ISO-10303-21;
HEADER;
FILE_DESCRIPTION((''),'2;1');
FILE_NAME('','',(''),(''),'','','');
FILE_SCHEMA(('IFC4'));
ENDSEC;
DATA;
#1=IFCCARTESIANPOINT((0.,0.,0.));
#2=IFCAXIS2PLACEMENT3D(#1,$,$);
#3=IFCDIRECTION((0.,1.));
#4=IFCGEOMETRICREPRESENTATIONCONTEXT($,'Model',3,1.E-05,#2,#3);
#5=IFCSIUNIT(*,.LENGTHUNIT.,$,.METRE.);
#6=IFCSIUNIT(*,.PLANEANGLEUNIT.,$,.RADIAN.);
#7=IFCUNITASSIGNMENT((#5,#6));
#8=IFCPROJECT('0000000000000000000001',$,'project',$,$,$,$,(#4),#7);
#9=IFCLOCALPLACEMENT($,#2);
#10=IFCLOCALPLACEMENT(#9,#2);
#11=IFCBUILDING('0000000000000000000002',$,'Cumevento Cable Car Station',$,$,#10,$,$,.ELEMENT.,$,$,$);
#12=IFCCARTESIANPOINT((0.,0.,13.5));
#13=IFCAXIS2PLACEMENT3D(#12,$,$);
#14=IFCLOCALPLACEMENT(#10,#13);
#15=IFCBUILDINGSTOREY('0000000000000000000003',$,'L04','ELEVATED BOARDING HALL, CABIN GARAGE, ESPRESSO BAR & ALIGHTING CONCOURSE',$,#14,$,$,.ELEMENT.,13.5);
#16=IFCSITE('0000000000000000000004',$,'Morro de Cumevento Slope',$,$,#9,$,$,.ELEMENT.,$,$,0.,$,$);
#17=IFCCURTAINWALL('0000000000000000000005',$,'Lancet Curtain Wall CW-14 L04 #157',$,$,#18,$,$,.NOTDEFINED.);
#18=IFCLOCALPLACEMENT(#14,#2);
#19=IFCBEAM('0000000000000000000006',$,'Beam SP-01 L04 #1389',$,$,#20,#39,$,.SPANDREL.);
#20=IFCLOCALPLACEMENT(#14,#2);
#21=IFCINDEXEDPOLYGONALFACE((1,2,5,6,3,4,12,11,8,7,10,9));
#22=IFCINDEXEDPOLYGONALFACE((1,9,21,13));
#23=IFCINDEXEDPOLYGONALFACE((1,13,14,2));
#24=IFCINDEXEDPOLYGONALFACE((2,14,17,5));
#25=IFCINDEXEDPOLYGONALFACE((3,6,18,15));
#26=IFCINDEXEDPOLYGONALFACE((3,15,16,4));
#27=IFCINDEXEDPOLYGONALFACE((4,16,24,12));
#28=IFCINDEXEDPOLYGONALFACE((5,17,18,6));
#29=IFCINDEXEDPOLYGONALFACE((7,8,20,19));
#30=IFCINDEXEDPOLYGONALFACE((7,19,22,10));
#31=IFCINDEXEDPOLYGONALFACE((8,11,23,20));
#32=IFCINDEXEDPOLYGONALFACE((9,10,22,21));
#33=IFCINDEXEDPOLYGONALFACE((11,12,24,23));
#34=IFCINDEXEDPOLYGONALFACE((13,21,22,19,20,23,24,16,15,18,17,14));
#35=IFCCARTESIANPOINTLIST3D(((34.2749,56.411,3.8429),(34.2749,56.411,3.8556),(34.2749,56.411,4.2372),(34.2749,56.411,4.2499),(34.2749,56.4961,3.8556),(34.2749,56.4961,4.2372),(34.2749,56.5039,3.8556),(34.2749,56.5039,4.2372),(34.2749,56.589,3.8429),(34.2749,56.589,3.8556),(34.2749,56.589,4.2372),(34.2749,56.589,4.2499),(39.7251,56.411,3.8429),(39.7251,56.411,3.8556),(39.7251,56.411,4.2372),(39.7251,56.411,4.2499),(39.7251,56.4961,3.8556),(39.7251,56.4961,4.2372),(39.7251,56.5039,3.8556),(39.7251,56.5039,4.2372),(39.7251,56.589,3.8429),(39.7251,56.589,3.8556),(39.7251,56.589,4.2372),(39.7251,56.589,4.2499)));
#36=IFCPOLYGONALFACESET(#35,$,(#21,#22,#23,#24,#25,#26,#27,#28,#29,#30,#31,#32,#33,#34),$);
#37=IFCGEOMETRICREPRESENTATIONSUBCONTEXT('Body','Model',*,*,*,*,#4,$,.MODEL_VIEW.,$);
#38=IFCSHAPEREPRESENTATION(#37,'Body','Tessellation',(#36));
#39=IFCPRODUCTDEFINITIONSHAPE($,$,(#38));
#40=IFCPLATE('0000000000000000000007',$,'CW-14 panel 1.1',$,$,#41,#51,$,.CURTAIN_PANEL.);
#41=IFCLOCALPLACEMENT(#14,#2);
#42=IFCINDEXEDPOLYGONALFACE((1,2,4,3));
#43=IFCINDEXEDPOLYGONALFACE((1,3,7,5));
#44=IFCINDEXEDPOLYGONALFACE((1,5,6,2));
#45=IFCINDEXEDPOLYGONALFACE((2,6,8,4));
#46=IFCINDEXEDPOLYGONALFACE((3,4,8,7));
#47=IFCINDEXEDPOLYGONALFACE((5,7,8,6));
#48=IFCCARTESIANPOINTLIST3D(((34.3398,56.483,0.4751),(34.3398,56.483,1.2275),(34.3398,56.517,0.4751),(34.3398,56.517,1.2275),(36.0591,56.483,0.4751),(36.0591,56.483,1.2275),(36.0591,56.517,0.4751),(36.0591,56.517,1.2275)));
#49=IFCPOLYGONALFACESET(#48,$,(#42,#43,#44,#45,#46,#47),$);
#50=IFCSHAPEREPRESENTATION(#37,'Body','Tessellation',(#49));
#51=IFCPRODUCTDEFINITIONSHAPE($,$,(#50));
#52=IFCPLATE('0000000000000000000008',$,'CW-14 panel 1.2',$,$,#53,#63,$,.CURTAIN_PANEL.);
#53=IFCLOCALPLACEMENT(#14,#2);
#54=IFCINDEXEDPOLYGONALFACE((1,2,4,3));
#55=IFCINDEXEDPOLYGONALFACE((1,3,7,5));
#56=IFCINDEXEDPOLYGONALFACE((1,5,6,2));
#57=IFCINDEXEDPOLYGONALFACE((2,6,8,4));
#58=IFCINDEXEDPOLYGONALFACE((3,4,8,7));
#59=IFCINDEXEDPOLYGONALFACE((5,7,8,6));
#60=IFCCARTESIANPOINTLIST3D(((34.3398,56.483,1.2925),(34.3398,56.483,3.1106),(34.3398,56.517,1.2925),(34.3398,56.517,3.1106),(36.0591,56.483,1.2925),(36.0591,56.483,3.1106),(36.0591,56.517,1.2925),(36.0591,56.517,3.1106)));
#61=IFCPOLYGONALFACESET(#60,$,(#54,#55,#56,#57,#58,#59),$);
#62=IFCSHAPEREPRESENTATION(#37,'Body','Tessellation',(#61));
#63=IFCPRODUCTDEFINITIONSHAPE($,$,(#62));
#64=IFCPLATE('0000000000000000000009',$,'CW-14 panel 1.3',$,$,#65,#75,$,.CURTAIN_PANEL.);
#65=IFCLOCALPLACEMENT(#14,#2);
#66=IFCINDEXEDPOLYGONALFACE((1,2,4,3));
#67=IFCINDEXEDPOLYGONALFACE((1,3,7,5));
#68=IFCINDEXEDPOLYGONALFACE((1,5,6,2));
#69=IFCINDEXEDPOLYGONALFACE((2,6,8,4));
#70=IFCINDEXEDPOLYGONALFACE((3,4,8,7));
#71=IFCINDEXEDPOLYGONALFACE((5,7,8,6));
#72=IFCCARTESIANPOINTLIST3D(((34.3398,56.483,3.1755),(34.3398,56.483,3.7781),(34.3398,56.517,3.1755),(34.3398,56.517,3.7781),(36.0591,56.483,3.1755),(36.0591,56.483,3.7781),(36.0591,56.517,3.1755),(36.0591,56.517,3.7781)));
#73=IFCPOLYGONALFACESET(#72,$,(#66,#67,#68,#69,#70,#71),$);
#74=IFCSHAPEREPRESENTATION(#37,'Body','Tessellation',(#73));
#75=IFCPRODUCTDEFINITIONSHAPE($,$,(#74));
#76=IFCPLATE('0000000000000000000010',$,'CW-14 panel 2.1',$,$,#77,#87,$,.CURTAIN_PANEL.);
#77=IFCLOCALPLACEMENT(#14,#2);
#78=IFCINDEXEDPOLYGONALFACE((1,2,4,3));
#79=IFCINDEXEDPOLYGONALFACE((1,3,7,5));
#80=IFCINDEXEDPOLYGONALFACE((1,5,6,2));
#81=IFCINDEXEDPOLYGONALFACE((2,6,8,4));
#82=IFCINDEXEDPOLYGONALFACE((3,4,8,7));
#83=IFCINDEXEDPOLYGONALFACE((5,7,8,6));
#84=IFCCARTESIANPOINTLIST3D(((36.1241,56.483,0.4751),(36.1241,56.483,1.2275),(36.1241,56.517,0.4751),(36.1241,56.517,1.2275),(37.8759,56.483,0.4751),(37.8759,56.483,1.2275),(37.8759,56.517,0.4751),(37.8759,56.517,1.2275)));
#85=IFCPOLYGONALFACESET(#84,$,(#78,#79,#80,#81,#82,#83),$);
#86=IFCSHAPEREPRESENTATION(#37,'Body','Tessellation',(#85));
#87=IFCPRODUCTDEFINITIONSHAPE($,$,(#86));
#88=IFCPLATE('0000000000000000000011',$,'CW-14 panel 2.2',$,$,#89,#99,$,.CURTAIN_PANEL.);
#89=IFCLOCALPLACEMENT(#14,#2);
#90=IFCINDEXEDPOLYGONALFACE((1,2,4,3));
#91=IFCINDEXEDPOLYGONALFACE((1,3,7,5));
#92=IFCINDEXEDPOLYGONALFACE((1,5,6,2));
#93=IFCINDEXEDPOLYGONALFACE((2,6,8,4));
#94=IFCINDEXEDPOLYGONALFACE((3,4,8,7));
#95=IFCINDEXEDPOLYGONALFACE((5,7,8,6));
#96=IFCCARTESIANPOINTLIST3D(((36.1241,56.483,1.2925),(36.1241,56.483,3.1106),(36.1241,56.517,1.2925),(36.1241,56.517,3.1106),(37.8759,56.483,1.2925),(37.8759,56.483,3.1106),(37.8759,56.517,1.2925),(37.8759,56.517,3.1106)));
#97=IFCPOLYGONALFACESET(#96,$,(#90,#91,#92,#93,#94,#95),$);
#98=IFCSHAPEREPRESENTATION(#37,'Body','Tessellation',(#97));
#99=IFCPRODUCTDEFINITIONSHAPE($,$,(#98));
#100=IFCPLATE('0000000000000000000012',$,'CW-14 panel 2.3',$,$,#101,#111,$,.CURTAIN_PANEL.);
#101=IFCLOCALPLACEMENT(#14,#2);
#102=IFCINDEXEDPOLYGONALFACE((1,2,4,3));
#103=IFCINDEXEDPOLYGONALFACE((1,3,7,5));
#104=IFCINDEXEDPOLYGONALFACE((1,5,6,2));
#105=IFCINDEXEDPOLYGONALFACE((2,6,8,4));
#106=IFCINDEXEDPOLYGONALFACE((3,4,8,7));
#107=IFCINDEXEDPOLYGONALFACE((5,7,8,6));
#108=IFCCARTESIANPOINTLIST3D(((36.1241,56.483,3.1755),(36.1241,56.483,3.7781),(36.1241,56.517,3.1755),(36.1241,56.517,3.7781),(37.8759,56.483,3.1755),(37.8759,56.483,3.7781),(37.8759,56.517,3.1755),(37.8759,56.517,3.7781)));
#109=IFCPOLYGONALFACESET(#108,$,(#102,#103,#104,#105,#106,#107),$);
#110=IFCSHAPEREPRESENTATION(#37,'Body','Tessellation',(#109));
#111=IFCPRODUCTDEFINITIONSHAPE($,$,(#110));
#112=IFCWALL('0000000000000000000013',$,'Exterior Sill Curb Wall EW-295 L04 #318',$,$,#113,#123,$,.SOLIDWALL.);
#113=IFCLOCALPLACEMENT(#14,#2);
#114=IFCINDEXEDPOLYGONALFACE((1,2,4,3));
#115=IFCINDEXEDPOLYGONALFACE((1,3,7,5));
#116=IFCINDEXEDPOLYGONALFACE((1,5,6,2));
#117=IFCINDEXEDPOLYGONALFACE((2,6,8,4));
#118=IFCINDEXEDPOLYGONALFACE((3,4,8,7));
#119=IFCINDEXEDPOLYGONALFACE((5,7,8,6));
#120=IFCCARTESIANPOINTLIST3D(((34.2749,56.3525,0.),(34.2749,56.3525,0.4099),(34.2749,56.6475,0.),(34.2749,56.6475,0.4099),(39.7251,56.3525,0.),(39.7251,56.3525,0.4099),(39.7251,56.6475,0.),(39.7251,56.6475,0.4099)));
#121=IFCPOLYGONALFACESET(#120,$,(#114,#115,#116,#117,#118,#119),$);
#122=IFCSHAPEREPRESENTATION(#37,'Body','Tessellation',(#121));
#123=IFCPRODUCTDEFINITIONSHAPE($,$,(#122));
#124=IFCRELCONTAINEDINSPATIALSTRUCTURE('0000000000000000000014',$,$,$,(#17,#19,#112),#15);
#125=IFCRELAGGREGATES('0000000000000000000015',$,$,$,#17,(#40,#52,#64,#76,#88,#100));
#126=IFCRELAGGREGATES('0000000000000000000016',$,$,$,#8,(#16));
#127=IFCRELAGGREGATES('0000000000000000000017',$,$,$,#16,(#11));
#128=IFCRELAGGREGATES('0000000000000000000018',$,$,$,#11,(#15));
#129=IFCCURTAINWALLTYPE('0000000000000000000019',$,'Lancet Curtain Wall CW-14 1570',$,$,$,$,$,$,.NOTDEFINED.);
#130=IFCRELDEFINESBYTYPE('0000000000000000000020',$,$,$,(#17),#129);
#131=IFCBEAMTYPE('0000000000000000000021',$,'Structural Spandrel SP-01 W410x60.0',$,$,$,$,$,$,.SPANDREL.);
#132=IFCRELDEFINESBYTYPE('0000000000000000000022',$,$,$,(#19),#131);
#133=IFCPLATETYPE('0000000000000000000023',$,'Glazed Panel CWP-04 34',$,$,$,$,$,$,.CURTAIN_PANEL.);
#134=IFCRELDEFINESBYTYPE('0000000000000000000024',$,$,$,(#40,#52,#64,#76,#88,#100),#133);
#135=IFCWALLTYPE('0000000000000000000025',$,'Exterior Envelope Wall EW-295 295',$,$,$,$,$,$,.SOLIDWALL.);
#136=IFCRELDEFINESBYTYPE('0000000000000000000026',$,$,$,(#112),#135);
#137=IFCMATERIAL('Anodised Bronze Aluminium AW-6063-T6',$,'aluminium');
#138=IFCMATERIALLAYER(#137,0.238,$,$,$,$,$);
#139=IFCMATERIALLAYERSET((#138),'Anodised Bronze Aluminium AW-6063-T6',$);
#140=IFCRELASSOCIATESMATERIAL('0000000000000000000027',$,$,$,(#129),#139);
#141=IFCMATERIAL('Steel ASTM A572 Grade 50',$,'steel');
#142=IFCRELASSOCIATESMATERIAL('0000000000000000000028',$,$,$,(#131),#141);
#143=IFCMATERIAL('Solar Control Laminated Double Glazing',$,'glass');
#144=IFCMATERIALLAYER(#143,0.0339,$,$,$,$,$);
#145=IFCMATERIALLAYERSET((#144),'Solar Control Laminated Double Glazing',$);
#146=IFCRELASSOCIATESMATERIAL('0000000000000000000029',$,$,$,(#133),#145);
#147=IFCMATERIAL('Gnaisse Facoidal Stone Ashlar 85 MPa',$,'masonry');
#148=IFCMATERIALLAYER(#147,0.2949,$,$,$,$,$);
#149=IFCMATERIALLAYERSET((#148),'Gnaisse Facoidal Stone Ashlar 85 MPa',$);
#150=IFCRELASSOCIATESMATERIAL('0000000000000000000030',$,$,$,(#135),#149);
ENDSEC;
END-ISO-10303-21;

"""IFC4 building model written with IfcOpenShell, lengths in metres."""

from ifc_helpers import new_model, si_unit, direction, frame, frame_2d, origin, origin_2d, place, context, subcontext, project, spatial, rectangle, i_section, extrude, material, layer, layer_set, material_profile, profile_set, type_object, element, aggregate, save


model = new_model("IFC4")

# Units and contexts
model_context = context("Model", 3, precision=1e-05, world=origin(), true_north=direction((0.0, 1.0)))
body_context = subcontext(model_context, "Body", "Model", "MODEL_VIEW")
ifc_project = project(units=[si_unit("LENGTHUNIT", "METRE"), si_unit("PLANEANGLEUNIT", "RADIAN")], contexts=[model_context])

# Site, building, storey
site_placement = place(None, origin())
site = spatial("IfcSite", under=ifc_project, at=site_placement, Name="Morro de Cumevento Slope", CompositionType="ELEMENT", RefElevation=0.0)
building_placement = place(site_placement, origin())
building = spatial("IfcBuilding", under=site, at=building_placement, Name="Cumevento Cable Car Station", CompositionType="ELEMENT")
storey_placement = place(building_placement, frame((0.0, 0.0, 13.5)))
storey = spatial("IfcBuildingStorey", under=building, at=storey_placement, Name="L04", Description="ELEVATED BOARDING HALL, CABIN GARAGE, ESPRESSO BAR & ALIGHTING CONCOURSE", CompositionType="ELEMENT", Elevation=13.5)

# Curtain wall
ifc_material_1 = material(Name="Anodised Bronze Aluminium AW-6063-T6", Category="aluminium")
ifc_layer_1 = layer(ifc_material_1, 0.238)
ifc_layer_set_1 = layer_set([ifc_layer_1], Name="Anodised Bronze Aluminium AW-6063-T6")
curtain_wall_type = type_object("IfcCurtainWallType", Name="Lancet Curtain Wall CW-14 1570", PredefinedType="NOTDEFINED", material=ifc_layer_set_1)
curtain_wall_placement = place(storey_placement, origin())
curtain_wall = element("IfcCurtainWall", 1, at=curtain_wall_placement, inside=storey, type_object=curtain_wall_type, Name="Lancet Curtain Wall CW-14 L04 #157", PredefinedType="NOTDEFINED")

# Beam
ifc_material_2 = material(Name="Steel ASTM A572 Grade 50", Category="steel")
ifc_material_profile_1 = material_profile(ifc_material_2, i_section(OverallWidth=0.178, OverallDepth=0.407, WebThickness=0.0078, FlangeThickness=0.0127, at=origin_2d()), Name="W410x60.0")
ifc_profile_set_1 = profile_set([ifc_material_profile_1], Name="Steel ASTM A572 Grade 50")
beam_type = type_object("IfcBeamType", Name="Structural Spandrel SP-01 W410x60.0", PredefinedType="SPANDREL", material=ifc_profile_set_1)
beam_placement = place(storey_placement, frame((34.2749, 56.5, 4.0464), z_axis=(1.0, 0.0, 0.0), x_axis=(0.0, 1.0, 0.0)))
element("IfcBeam", 2, at=beam_placement, inside=storey, type_object=beam_type, Name="Beam SP-01 L04 #1389", PredefinedType="SPANDREL", context=body_context, shape_type="SweptSolid", body=[
    extrude(i_section(OverallWidth=0.178, OverallDepth=0.407, WebThickness=0.0078, FlangeThickness=0.0127, at=origin_2d()), origin(), (0.0, 0.0, 1.0), 5.4502),
])

# Plates
ifc_material_3 = material(Name="Solar Control Laminated Double Glazing", Category="glass")
ifc_layer_2 = layer(ifc_material_3, 0.0339)
ifc_layer_set_2 = layer_set([ifc_layer_2], Name="Solar Control Laminated Double Glazing")
plate_type = type_object("IfcPlateType", Name="Glazed Panel CWP-04 34", PredefinedType="CURTAIN_PANEL", material=ifc_layer_set_2)
plate_1_placement = place(storey_placement, frame((35.1995, 56.5, 0.4751), z_axis=(0.0, 0.0, 1.0), x_axis=(1.0, 0.0, 0.0)))
plate_1 = element("IfcPlate", 3, at=plate_1_placement, type_object=plate_type, Name="CW-14 panel 1.1", PredefinedType="CURTAIN_PANEL", context=body_context, shape_type="SweptSolid", body=[
    extrude(rectangle(XDim=1.7192, YDim=0.0339, at=origin_2d()), origin(), (0.0, 0.0, 1.0), 0.7524),
])
plate_2_placement = place(storey_placement, frame((35.1995, 56.5, 1.2925), z_axis=(0.0, 0.0, 1.0), x_axis=(1.0, 0.0, 0.0)))
plate_2 = element("IfcPlate", 4, at=plate_2_placement, type_object=plate_type, Name="CW-14 panel 1.2", PredefinedType="CURTAIN_PANEL", context=body_context, shape_type="SweptSolid", body=[
    extrude(rectangle(XDim=1.7192, YDim=0.0339, at=origin_2d()), origin(), (0.0, 0.0, 1.0), 1.8181),
])
plate_3_placement = place(storey_placement, frame((35.1995, 56.5, 3.1755), z_axis=(0.0, 0.0, 1.0), x_axis=(1.0, 0.0, 0.0)))
plate_3 = element("IfcPlate", 5, at=plate_3_placement, type_object=plate_type, Name="CW-14 panel 1.3", PredefinedType="CURTAIN_PANEL", context=body_context, shape_type="SweptSolid", body=[
    extrude(rectangle(XDim=1.7192, YDim=0.0339, at=origin_2d()), origin(), (0.0, 0.0, 1.0), 0.6025),
])
plate_4_placement = place(storey_placement, frame((37.0, 56.5, 0.4751), z_axis=(0.0, 0.0, 1.0), x_axis=(1.0, 0.0, 0.0)))
plate_4 = element("IfcPlate", 6, at=plate_4_placement, type_object=plate_type, Name="CW-14 panel 2.1", PredefinedType="CURTAIN_PANEL", context=body_context, shape_type="SweptSolid", body=[
    extrude(rectangle(XDim=1.7517, YDim=0.0339, at=origin_2d()), origin(), (0.0, 0.0, 1.0), 0.7524),
])
plate_5_placement = place(storey_placement, frame((37.0, 56.5, 1.2925), z_axis=(0.0, 0.0, 1.0), x_axis=(1.0, 0.0, 0.0)))
plate_5 = element("IfcPlate", 7, at=plate_5_placement, type_object=plate_type, Name="CW-14 panel 2.2", PredefinedType="CURTAIN_PANEL", context=body_context, shape_type="SweptSolid", body=[
    extrude(rectangle(XDim=1.7517, YDim=0.0339, at=origin_2d()), origin(), (0.0, 0.0, 1.0), 1.8181),
])
plate_6_placement = place(storey_placement, frame((37.0, 56.5, 3.1755), z_axis=(0.0, 0.0, 1.0), x_axis=(1.0, 0.0, 0.0)))
plate_6 = element("IfcPlate", 8, at=plate_6_placement, type_object=plate_type, Name="CW-14 panel 2.3", PredefinedType="CURTAIN_PANEL", context=body_context, shape_type="SweptSolid", body=[
    extrude(rectangle(XDim=1.7517, YDim=0.0339, at=origin_2d()), origin(), (0.0, 0.0, 1.0), 0.6025),
])
aggregate(curtain_wall, [plate_1, plate_2, plate_3, plate_4, plate_5, plate_6])

# Wall
ifc_material_4 = material(Name="Gnaisse Facoidal Stone Ashlar 85 MPa", Category="masonry")
ifc_layer_3 = layer(ifc_material_4, 0.2949)
ifc_layer_set_3 = layer_set([ifc_layer_3], Name="Gnaisse Facoidal Stone Ashlar 85 MPa")
wall_type = type_object("IfcWallType", Name="Exterior Envelope Wall EW-295 295", PredefinedType="SOLIDWALL", material=ifc_layer_set_3)
wall_placement = place(storey_placement, frame((34.2749, 56.5, 0.0), z_axis=(0.0, 0.0, 1.0), x_axis=(1.0, 0.0, 0.0)))
element("IfcWall", 9, at=wall_placement, inside=storey, type_object=wall_type, Name="Exterior Sill Curb Wall EW-295 L04 #318", PredefinedType="SOLIDWALL", context=body_context, shape_type="SweptSolid", body=[
    extrude(rectangle(XDim=5.4502, YDim=0.2949, at=frame_2d((2.7251, 0.0))), origin(), (0.0, 0.0, 1.0), 0.4099),
])

save(model, "model.ifc")
